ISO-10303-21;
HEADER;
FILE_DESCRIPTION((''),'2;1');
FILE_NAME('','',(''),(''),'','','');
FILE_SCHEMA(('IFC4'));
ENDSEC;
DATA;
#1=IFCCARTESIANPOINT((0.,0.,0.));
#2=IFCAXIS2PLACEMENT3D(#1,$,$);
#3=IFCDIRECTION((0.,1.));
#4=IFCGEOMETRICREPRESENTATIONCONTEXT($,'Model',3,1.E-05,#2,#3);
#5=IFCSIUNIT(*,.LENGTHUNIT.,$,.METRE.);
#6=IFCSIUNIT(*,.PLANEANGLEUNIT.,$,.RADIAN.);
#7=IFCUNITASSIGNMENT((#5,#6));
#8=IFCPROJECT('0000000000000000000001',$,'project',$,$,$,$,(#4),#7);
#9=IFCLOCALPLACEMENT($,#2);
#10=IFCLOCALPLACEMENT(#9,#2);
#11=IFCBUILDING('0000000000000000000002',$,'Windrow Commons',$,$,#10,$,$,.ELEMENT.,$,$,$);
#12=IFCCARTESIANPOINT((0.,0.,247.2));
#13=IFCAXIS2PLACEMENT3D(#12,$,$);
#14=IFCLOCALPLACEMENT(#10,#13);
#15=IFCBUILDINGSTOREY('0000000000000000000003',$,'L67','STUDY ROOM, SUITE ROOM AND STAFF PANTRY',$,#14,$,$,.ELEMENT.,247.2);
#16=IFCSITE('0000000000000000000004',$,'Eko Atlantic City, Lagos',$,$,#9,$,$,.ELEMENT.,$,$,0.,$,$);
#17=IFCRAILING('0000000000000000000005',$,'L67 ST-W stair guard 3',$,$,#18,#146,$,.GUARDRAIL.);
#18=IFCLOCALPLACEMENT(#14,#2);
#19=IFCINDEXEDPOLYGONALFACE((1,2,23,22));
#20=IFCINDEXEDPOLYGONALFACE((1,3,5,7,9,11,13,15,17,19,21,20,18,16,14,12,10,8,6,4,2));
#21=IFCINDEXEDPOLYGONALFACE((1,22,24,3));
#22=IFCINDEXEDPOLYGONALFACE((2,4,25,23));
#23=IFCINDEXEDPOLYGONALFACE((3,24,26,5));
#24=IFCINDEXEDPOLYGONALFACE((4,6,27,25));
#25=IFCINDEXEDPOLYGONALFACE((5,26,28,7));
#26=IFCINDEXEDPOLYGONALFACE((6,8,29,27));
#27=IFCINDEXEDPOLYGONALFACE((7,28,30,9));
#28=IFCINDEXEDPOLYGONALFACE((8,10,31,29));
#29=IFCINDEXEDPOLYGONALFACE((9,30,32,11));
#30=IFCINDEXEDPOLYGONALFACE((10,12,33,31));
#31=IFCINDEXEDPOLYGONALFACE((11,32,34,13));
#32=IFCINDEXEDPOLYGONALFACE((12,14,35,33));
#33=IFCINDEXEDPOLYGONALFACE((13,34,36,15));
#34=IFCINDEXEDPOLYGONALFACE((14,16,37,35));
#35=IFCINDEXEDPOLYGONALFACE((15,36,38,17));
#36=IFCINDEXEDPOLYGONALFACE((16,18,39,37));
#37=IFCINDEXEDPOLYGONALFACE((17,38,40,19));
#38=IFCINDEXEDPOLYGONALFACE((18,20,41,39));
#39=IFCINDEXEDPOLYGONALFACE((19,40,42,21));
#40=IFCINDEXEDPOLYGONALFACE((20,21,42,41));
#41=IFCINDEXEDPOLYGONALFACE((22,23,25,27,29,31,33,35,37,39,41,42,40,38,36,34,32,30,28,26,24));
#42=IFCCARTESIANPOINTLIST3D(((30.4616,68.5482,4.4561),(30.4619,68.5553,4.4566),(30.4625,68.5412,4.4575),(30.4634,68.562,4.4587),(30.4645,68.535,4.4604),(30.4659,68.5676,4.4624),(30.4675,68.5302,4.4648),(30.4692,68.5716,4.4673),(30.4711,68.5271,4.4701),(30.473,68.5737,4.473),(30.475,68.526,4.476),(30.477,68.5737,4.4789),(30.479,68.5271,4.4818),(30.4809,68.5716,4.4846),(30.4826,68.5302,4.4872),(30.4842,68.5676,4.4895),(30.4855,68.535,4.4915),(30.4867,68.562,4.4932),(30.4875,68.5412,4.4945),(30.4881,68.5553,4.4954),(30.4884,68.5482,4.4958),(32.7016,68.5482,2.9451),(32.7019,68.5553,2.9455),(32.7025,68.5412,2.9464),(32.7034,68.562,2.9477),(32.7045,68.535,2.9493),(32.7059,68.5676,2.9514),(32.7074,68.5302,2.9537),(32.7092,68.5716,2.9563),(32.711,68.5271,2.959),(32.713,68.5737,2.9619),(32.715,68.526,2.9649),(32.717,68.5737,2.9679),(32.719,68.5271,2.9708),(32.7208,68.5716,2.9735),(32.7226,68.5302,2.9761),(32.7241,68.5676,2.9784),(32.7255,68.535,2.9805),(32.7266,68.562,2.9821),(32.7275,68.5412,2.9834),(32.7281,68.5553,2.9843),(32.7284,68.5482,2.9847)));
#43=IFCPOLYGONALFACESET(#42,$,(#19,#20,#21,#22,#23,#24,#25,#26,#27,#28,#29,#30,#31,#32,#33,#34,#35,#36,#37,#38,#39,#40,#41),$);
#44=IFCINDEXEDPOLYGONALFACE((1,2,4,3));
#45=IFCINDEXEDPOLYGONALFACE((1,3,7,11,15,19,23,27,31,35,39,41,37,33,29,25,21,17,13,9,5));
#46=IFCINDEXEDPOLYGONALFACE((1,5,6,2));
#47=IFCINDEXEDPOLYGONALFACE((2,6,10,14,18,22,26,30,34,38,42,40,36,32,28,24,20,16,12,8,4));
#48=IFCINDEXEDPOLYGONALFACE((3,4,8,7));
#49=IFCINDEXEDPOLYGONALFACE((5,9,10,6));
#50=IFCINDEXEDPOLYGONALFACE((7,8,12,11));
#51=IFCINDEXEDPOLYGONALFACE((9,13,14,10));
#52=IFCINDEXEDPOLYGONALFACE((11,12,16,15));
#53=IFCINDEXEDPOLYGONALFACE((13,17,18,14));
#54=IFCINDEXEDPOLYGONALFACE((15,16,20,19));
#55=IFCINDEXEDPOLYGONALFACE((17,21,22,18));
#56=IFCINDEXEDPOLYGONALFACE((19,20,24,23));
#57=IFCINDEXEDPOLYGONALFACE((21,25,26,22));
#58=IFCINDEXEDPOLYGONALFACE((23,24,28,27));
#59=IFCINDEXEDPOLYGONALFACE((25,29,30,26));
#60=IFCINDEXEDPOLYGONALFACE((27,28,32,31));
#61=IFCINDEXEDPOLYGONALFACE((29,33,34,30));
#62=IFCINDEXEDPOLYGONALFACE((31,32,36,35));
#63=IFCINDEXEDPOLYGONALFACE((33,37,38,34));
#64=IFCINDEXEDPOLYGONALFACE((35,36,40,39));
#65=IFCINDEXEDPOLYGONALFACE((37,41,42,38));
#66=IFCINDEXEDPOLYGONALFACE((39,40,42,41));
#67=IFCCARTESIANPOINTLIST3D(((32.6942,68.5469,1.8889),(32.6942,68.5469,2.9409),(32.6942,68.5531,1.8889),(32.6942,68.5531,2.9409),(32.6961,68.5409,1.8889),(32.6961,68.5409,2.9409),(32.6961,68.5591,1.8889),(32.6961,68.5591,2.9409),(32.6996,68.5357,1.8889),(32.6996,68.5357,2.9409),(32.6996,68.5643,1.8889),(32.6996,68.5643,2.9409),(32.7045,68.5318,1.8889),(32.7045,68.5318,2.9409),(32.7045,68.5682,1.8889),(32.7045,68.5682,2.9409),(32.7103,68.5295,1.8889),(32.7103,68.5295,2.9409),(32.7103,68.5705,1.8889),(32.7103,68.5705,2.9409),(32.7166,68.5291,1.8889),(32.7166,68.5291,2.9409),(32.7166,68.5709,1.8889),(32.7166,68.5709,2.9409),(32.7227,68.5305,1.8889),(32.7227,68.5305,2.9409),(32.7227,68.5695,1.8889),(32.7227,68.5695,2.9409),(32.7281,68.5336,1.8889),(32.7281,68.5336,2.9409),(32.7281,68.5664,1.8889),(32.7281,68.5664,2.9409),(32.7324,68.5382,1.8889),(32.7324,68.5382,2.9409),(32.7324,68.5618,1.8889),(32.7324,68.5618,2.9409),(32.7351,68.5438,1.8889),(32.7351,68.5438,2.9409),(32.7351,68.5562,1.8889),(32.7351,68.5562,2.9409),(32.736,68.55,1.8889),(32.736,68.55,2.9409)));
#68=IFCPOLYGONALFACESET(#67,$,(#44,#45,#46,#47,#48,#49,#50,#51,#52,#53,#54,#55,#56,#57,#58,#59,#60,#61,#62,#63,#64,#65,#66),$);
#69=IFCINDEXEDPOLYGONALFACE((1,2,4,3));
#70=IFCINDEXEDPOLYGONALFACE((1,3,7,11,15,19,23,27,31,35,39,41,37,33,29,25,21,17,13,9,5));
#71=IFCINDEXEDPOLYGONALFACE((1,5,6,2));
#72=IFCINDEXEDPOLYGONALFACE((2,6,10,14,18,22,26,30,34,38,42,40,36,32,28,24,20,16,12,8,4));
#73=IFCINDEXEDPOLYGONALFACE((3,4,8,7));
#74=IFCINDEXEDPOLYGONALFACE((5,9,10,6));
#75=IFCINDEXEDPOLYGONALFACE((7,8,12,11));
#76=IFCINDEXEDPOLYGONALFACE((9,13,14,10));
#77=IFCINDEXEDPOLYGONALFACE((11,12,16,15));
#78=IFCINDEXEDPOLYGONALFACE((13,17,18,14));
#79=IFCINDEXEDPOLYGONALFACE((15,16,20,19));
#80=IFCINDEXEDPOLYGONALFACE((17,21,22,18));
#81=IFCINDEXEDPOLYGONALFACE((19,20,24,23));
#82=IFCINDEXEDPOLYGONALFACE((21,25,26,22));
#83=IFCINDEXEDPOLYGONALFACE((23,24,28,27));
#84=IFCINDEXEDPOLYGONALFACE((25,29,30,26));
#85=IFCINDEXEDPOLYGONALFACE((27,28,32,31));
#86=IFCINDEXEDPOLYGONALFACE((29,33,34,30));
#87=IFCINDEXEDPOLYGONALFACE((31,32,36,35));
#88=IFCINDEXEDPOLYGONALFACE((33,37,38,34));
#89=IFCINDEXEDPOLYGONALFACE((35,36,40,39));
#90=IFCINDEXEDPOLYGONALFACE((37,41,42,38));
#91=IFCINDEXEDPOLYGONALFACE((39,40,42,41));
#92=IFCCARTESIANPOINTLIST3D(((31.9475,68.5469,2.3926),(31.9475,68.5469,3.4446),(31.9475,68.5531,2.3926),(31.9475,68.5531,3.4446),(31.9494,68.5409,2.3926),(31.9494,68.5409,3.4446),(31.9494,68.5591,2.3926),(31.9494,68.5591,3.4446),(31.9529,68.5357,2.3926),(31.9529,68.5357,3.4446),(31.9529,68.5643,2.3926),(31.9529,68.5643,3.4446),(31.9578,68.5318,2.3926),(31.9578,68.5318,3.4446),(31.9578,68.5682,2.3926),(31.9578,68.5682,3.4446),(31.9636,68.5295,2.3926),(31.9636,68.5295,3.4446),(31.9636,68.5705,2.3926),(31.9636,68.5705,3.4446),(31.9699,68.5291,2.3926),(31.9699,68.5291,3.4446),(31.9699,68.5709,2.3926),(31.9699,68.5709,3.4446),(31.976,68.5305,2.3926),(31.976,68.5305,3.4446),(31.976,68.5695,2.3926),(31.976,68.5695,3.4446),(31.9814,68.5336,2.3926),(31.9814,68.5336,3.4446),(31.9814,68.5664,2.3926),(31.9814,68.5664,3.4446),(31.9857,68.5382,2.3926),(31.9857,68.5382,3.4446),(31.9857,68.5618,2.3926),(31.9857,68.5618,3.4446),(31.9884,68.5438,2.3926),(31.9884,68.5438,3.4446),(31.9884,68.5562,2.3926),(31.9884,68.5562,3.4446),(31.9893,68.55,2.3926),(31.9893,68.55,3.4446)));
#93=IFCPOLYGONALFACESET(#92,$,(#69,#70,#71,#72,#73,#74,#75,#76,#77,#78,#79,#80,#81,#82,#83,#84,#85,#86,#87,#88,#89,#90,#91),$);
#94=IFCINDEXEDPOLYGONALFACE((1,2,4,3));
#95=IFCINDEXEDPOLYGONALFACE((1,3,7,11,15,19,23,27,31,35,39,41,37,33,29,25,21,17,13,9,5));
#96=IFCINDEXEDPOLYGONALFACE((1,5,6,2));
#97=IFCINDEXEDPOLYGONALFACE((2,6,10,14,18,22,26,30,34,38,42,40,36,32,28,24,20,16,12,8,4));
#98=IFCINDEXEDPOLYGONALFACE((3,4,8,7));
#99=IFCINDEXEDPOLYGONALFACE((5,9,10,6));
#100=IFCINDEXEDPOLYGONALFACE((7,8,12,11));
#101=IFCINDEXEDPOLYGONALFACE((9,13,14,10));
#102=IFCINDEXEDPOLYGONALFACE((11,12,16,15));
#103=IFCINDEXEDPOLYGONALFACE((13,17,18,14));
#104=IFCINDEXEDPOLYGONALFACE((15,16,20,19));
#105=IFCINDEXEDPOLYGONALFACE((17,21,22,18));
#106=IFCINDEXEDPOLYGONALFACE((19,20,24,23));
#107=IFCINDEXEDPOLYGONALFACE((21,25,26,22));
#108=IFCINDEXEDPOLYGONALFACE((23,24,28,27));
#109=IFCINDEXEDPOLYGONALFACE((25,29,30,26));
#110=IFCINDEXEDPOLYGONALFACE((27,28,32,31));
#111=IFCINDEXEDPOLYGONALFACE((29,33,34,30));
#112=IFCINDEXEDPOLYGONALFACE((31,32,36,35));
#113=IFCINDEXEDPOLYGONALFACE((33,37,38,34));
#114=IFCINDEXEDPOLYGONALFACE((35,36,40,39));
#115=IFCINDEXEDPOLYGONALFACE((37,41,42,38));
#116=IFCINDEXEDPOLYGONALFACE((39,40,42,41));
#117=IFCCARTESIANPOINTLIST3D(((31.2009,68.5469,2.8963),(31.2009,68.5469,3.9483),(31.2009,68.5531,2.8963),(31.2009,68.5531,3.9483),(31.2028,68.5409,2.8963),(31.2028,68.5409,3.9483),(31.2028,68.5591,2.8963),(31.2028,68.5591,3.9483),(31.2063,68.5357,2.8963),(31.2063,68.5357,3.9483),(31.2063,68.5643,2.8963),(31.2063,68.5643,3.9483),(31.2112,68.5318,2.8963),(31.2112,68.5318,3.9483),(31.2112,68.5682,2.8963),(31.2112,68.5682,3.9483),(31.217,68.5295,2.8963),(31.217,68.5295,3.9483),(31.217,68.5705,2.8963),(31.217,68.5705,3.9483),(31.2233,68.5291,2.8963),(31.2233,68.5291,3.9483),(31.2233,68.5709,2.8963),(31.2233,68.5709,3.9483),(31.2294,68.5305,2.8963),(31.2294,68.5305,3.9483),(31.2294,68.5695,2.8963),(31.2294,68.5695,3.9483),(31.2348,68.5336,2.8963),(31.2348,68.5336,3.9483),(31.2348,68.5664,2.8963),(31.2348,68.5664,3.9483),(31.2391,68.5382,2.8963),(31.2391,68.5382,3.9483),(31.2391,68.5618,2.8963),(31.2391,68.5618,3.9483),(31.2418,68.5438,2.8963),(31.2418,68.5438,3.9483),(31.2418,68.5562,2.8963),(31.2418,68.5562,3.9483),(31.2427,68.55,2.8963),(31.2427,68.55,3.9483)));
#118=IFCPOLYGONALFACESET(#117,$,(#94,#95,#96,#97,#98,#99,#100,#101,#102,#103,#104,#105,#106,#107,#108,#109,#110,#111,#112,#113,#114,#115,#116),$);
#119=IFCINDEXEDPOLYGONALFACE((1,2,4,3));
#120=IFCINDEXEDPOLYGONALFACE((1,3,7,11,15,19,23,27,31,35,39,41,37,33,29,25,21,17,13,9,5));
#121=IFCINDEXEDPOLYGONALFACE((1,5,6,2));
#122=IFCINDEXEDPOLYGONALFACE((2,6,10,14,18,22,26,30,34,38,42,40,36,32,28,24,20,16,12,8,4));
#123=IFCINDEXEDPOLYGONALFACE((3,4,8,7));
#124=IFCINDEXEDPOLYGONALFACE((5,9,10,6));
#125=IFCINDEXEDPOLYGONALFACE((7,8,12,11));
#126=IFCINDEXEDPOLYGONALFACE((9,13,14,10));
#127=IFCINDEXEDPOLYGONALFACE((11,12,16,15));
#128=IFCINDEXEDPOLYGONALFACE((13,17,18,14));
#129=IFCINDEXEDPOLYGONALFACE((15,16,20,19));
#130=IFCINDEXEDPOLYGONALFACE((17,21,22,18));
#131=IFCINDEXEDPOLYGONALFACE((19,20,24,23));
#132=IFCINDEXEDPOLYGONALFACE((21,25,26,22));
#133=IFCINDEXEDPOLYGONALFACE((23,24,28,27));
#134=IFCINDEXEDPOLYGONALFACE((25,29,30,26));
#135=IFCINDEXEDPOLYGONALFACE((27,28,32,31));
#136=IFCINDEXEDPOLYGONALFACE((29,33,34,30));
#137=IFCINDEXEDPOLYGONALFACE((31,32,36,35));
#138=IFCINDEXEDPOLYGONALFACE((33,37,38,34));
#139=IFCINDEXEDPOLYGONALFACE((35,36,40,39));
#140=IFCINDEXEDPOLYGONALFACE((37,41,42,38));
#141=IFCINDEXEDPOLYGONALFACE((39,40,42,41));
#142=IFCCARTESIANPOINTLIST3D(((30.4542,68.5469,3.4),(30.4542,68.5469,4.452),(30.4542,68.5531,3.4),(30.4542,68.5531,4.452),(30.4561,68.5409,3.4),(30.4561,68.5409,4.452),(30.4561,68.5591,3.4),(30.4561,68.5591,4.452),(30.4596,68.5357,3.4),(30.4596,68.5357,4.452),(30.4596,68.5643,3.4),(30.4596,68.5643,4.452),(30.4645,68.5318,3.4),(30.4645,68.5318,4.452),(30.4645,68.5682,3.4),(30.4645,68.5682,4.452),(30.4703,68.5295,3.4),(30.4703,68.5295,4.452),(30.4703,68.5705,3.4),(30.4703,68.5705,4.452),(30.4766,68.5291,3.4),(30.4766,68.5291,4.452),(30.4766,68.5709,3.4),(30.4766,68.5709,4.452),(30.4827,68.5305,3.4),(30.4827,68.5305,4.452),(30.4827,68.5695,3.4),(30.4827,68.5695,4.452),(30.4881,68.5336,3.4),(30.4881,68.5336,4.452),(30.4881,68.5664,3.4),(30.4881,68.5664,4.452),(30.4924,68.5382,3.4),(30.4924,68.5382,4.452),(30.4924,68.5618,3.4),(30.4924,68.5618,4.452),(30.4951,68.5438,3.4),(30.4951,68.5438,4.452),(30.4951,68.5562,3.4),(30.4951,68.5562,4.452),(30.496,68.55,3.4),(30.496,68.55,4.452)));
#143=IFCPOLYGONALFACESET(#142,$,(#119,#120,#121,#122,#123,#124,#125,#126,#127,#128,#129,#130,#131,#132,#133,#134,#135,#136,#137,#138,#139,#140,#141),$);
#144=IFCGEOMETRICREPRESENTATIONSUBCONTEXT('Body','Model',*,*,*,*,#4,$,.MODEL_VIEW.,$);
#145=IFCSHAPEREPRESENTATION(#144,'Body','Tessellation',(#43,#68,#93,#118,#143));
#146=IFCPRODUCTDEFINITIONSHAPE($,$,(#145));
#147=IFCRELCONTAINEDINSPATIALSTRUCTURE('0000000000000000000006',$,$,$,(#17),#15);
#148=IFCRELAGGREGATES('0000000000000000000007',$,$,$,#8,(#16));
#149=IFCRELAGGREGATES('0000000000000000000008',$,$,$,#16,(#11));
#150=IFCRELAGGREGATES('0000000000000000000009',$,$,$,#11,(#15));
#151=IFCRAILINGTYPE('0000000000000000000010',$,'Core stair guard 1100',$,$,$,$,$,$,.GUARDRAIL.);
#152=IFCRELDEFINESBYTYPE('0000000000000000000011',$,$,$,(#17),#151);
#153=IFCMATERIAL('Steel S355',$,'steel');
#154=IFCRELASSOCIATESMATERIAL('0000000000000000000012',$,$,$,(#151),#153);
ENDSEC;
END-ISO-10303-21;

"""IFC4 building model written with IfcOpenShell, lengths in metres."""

from ifc_helpers import new_model, si_unit, direction, frame, origin, origin_2d, place, context, subcontext, project, spatial, circle, extrude, material, type_object, element, save


model = new_model("IFC4")

# Units and contexts
model_context = context("Model", 3, precision=1e-05, world=origin(), true_north=direction((0.0, 1.0)))
body_context = subcontext(model_context, "Body", "Model", "MODEL_VIEW")
ifc_project = project(units=[si_unit("LENGTHUNIT", "METRE"), si_unit("PLANEANGLEUNIT", "RADIAN")], contexts=[model_context])

# Site, building, storey
site_placement = place(None, origin())
site = spatial("IfcSite", under=ifc_project, at=site_placement, Name="Eko Atlantic City, Lagos", CompositionType="ELEMENT", RefElevation=0.0)
building_placement = place(site_placement, origin())
building = spatial("IfcBuilding", under=site, at=building_placement, Name="Windrow Commons", CompositionType="ELEMENT")
storey_placement = place(building_placement, frame((0.0, 0.0, 247.2)))
storey = spatial("IfcBuildingStorey", under=building, at=storey_placement, Name="L67", Description="STUDY ROOM, SUITE ROOM AND STAFF PANTRY", CompositionType="ELEMENT", Elevation=247.2)

# Railing
ifc_material_1 = material(Name="Steel S355", Category="steel")
railing_type_1 = type_object("IfcRailingType", Name="Core stair guard 1100", PredefinedType="GUARDRAIL", material=ifc_material_1)
railing_1_placement = place(storey_placement, frame((32.715, 68.55, 1.8889)))
element("IfcRailing", 1, at=railing_1_placement, inside=storey, type_object=railing_type_1, Name="L67 ST-W stair guard 3", PredefinedType="GUARDRAIL", context=body_context, shape_type="SweptSolid", body=[
    extrude(circle(Radius=0.024, at=origin_2d()), frame((0.0, 0.0, 1.076), z_axis=(-0.829003, 0.0, 0.559244), x_axis=(0.0, -1.0, 0.0)), (0.0, 0.0, 1.0), 2.702),
    extrude(circle(Radius=0.021, at=origin_2d()), origin(), (0.0, 0.0, 1.0), 1.052),
    extrude(circle(Radius=0.021, at=origin_2d()), frame((-0.7467, 0.0, 0.5037)), (0.0, 0.0, 1.0), 1.052),
    extrude(circle(Radius=0.021, at=origin_2d()), frame((-1.4933, 0.0, 1.0074)), (0.0, 0.0, 1.0), 1.052),
    extrude(circle(Radius=0.021, at=origin_2d()), frame((-2.24, 0.0, 1.5111)), (0.0, 0.0, 1.0), 1.052),
])

save(model, "model.ifc")
